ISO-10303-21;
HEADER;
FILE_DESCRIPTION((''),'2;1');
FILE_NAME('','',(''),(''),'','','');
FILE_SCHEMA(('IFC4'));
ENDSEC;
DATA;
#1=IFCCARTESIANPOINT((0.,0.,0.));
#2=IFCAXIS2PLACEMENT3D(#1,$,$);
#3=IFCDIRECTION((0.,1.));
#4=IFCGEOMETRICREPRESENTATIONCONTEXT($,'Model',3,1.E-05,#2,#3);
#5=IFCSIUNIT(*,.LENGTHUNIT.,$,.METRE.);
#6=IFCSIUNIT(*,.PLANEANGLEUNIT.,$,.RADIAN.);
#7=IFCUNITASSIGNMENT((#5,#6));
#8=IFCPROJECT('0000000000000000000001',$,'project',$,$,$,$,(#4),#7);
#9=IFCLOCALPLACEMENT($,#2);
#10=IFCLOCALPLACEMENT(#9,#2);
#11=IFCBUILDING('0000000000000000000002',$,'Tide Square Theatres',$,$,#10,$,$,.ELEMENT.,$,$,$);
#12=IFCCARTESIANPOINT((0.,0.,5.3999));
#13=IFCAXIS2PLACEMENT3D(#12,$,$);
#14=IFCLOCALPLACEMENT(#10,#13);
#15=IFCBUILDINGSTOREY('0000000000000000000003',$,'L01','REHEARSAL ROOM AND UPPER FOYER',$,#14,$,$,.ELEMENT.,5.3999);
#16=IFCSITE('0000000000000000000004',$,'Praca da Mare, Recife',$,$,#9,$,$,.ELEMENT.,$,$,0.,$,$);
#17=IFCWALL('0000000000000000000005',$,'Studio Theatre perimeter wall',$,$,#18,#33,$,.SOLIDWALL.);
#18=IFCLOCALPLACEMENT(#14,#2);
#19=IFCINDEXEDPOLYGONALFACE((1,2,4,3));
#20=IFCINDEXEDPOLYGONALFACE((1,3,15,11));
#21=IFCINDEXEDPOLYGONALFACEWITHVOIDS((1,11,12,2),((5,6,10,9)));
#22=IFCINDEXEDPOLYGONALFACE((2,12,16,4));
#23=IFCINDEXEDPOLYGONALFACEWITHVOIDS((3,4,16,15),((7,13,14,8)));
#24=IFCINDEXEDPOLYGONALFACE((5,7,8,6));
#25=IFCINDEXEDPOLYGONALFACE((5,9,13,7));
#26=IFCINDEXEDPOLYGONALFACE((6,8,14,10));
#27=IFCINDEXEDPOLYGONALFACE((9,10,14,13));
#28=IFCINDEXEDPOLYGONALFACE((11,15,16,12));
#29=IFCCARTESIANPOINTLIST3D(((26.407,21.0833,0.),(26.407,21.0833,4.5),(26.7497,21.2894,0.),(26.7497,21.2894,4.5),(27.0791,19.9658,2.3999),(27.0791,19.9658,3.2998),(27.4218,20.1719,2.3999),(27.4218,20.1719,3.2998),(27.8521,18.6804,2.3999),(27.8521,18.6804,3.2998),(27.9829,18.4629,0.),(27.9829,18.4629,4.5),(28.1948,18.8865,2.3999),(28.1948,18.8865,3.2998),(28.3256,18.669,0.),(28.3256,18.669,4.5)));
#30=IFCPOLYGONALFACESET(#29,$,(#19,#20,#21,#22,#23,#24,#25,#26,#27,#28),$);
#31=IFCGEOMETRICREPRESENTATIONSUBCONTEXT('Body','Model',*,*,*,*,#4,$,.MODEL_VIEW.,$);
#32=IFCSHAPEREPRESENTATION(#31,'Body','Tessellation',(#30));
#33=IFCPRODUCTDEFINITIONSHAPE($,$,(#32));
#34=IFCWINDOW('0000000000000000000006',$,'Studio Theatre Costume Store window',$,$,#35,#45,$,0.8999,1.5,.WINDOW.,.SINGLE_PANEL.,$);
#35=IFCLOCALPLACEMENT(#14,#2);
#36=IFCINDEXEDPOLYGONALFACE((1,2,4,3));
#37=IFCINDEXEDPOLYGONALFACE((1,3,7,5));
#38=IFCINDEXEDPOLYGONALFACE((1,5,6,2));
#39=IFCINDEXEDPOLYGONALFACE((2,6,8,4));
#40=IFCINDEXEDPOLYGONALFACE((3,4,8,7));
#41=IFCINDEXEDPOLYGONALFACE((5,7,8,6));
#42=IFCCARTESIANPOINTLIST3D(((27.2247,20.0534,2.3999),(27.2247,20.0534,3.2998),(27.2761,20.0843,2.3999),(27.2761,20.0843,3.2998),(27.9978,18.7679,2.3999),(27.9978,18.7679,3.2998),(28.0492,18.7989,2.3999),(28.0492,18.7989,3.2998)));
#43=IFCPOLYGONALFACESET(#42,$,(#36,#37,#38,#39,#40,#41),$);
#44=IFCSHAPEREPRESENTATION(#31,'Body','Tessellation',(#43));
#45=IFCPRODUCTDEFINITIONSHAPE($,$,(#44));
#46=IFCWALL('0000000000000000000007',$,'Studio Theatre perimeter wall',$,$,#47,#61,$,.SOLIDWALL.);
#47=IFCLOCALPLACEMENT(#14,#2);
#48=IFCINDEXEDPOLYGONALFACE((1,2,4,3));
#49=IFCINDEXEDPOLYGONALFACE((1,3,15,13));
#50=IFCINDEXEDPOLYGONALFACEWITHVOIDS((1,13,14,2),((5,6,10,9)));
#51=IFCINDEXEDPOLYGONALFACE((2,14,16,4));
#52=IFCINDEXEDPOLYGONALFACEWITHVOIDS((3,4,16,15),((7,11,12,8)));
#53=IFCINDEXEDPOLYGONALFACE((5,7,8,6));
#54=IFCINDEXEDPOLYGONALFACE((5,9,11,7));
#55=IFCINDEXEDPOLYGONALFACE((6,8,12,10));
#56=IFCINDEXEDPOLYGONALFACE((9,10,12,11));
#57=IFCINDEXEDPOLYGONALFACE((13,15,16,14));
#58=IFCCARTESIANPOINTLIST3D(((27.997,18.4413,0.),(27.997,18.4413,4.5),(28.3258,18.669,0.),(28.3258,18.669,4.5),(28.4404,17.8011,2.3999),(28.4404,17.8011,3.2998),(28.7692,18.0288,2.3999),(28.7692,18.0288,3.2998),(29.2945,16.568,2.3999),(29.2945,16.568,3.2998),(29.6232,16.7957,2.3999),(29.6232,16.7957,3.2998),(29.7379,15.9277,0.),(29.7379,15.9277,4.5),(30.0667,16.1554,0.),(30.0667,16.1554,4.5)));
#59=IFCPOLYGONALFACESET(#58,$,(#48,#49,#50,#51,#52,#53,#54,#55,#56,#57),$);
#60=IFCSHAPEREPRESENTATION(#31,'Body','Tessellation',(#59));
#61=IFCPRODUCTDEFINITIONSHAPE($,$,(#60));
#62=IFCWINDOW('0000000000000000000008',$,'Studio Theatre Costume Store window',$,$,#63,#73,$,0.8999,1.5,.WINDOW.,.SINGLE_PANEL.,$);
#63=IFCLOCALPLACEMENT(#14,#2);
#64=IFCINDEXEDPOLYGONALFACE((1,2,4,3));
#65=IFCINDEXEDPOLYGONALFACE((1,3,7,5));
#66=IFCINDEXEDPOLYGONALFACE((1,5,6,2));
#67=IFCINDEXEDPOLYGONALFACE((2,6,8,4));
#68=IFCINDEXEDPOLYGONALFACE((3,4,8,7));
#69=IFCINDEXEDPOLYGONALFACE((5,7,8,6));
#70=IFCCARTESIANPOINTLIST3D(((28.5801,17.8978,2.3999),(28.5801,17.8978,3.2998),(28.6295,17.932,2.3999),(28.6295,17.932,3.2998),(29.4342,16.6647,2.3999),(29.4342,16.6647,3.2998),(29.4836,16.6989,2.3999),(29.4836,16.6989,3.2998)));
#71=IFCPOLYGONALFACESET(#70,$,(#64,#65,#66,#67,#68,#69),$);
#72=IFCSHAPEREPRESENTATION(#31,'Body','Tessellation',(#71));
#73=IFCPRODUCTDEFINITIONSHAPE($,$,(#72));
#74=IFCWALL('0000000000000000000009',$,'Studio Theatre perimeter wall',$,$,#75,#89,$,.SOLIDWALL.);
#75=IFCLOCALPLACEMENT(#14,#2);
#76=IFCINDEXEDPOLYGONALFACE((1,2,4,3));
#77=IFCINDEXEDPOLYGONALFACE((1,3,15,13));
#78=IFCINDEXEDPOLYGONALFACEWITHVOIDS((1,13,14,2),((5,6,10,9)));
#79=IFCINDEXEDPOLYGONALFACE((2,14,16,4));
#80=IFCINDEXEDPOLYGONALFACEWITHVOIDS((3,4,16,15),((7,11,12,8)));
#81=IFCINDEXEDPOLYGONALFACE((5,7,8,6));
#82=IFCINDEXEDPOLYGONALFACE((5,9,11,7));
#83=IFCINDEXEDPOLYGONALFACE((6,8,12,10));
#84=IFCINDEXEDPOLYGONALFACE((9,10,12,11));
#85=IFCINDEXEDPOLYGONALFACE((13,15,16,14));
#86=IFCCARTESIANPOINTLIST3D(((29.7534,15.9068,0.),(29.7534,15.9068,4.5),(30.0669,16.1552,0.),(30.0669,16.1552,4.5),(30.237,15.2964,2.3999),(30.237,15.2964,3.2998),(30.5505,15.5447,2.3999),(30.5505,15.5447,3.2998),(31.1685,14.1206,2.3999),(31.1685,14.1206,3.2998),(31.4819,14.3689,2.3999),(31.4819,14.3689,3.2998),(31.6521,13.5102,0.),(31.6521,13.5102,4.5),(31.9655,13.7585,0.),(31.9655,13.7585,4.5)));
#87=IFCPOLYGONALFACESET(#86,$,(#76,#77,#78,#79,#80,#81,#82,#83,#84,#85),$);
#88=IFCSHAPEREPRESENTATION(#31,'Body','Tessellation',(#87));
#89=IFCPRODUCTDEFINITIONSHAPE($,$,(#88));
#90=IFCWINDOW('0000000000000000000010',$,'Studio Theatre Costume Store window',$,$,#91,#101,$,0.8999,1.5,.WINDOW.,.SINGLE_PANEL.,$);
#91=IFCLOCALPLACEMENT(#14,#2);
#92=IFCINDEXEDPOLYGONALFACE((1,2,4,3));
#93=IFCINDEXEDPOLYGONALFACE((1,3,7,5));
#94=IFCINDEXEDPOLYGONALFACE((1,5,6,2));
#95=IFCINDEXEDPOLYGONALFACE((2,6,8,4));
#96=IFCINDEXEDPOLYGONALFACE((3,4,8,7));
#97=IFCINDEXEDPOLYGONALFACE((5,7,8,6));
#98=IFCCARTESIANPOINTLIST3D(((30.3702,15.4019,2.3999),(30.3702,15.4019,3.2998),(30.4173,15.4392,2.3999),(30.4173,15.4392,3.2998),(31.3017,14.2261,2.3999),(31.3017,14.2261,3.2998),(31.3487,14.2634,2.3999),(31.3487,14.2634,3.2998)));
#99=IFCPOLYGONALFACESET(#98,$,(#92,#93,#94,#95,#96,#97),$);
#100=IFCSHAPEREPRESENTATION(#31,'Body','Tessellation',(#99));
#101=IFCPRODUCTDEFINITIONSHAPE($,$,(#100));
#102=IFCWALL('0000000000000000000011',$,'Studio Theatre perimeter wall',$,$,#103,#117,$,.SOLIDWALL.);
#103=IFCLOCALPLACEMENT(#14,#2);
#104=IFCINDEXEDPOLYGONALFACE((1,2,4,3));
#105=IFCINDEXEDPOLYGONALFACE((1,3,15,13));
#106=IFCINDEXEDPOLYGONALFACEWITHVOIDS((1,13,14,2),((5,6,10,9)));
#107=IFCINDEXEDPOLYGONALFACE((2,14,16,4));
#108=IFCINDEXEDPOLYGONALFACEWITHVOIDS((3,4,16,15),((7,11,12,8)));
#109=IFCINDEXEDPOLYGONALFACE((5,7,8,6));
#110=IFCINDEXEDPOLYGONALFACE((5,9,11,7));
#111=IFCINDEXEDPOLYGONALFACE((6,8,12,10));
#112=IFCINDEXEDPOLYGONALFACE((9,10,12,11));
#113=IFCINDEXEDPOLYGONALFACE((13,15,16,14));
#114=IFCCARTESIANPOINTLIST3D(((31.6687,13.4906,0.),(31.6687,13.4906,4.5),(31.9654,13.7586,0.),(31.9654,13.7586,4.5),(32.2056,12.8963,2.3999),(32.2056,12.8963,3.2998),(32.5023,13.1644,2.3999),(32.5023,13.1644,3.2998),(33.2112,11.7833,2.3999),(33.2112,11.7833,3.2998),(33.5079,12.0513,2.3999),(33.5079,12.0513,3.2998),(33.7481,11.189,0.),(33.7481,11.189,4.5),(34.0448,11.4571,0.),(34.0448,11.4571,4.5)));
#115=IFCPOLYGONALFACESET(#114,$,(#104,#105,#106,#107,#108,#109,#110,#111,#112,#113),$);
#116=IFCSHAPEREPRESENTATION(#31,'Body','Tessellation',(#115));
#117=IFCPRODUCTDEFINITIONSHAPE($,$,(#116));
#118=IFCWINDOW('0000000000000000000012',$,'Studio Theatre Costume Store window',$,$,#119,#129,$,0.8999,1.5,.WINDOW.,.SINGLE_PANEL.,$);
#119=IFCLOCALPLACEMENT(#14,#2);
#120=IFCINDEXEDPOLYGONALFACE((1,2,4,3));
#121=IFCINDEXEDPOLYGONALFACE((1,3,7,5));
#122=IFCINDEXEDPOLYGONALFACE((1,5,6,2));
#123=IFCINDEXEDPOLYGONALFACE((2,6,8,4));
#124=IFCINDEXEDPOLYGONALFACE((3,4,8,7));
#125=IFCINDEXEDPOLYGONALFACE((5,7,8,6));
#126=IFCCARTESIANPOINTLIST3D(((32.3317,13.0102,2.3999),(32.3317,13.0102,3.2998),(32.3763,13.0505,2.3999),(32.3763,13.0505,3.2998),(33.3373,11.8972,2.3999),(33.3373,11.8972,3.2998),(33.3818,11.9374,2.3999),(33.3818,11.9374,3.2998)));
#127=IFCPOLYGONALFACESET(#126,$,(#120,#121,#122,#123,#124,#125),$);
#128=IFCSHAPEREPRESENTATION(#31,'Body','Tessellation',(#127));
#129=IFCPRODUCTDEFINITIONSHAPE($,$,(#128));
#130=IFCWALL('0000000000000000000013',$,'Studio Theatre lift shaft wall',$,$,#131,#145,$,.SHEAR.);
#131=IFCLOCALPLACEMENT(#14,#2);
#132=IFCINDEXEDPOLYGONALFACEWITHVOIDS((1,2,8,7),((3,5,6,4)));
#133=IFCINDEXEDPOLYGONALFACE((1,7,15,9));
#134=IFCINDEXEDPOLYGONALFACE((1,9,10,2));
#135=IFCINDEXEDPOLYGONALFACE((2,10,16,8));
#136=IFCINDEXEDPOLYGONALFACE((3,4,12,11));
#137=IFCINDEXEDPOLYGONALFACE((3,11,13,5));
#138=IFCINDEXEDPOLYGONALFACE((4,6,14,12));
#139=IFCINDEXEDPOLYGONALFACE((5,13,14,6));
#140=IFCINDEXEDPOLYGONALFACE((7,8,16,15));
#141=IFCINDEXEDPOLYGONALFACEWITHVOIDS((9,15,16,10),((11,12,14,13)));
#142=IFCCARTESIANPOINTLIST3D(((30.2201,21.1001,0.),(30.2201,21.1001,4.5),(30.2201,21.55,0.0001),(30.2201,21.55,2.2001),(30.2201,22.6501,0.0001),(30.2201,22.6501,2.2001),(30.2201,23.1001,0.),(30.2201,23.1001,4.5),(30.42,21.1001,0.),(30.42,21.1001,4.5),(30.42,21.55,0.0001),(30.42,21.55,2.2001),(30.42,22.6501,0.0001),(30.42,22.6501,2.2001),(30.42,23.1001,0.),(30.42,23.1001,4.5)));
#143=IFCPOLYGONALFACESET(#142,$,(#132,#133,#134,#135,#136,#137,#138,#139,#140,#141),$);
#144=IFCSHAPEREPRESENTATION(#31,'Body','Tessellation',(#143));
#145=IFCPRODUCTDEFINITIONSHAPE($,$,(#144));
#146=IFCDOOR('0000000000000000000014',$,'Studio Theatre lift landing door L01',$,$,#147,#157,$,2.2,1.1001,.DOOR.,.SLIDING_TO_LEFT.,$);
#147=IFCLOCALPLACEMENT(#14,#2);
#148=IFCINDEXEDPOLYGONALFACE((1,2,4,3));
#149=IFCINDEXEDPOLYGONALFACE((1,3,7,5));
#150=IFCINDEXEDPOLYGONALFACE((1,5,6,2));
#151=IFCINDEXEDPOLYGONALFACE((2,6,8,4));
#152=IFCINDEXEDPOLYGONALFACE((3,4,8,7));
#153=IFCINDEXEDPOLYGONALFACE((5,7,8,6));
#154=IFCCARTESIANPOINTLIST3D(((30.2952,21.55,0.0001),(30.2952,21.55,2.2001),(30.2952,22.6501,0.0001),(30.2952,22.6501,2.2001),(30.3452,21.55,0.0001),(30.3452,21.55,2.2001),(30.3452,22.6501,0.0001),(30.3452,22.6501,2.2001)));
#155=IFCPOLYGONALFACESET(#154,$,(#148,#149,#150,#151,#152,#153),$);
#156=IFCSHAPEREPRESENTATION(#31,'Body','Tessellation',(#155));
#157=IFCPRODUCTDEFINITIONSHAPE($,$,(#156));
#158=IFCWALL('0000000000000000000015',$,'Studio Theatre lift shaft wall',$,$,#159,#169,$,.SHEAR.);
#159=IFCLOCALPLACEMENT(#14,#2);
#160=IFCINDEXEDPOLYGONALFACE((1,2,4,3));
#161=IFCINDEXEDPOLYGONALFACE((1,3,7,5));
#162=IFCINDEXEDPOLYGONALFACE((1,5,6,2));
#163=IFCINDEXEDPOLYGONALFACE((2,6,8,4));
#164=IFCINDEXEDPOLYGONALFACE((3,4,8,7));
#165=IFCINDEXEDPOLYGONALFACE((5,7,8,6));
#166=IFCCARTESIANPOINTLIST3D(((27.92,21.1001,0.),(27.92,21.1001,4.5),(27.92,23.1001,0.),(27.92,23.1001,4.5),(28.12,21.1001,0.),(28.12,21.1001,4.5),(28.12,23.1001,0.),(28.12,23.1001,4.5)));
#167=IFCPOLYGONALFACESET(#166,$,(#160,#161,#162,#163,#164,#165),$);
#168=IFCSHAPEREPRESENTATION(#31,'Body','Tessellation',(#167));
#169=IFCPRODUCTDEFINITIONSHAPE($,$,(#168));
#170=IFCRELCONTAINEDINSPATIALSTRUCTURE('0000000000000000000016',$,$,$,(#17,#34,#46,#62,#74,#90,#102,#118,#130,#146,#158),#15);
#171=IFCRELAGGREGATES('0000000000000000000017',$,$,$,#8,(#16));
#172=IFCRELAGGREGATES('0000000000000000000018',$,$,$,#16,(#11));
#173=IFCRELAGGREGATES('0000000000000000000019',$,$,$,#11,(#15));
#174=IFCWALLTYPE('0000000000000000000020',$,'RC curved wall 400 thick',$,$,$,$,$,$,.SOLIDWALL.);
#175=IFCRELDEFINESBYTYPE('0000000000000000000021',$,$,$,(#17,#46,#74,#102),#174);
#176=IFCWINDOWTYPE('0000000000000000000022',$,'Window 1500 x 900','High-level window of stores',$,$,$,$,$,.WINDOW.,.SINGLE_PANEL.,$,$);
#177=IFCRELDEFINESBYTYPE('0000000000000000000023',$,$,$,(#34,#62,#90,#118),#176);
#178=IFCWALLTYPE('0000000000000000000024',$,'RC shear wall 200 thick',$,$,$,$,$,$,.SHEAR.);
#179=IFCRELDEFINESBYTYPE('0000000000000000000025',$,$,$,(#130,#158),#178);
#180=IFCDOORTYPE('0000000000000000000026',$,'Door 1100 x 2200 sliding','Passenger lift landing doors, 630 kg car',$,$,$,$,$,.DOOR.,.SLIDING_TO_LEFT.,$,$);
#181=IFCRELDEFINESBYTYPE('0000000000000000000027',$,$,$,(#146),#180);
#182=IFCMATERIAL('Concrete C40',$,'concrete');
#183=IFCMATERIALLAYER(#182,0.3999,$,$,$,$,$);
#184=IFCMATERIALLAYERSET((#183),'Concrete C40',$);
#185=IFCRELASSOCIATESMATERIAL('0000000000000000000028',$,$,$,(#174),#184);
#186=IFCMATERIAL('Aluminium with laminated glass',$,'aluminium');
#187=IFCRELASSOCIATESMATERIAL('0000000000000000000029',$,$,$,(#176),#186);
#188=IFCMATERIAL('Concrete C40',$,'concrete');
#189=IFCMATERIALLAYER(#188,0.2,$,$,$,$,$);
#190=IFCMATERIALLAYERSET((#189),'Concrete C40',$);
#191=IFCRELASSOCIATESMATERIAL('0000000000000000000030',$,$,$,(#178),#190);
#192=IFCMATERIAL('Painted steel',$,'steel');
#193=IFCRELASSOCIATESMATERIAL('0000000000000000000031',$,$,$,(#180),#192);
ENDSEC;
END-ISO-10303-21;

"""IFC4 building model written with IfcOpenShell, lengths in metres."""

from ifc_helpers import new_model, si_unit, direction, frame, frame_2d, origin, place, context, subcontext, project, spatial, rectangle, extrude, material, layer, layer_set, type_object, element, fill, save


model = new_model("IFC4")

# Units and contexts
model_context = context("Model", 3, precision=1e-05, world=origin(), true_north=direction((0.0, 1.0)))
body_context = subcontext(model_context, "Body", "Model", "MODEL_VIEW")
ifc_project = project(units=[si_unit("LENGTHUNIT", "METRE"), si_unit("PLANEANGLEUNIT", "RADIAN")], contexts=[model_context])

# Site, building, storey
site_placement = place(None, origin())
site = spatial("IfcSite", under=ifc_project, at=site_placement, Name="Praca da Mare, Recife", CompositionType="ELEMENT", RefElevation=0.0)
building_placement = place(site_placement, origin())
building = spatial("IfcBuilding", under=site, at=building_placement, Name="Tide Square Theatres", CompositionType="ELEMENT")
storey_placement = place(building_placement, frame((0.0, 0.0, 5.3999)))
storey = spatial("IfcBuildingStorey", under=building, at=storey_placement, Name="L01", Description="REHEARSAL ROOM AND UPPER FOYER", CompositionType="ELEMENT", Elevation=5.3999)

# Shared definitions
ifc_material_1 = material(Name="Concrete C40", Category="concrete")
ifc_layer_1 = layer(ifc_material_1, 0.3999)
ifc_layer_set_1 = layer_set([ifc_layer_1], Name="Concrete C40")
wall_type_1 = type_object("IfcWallType", Name="RC curved wall 400 thick", PredefinedType="SOLIDWALL", material=ifc_layer_set_1)

# Walls, openings, windows
wall_1_placement = place(storey_placement, frame((26.5784, 21.1863, 0.0), z_axis=(0.0, 0.0, 1.0), x_axis=(0.515388, -0.856957, 0.0)))
wall_1 = element("IfcWall", 1, at=wall_1_placement, inside=storey, type_object=wall_type_1, Name="Studio Theatre perimeter wall", PredefinedType="SOLIDWALL", context=body_context, shape_type="SweptSolid", body=[
    extrude(rectangle(XDim=3.0579, YDim=0.3999, at=frame_2d((1.5288, 0.0))), origin(), (0.0, 0.0, 1.0), 4.5),
])
opening_1_placement = place(wall_1_placement, frame((1.304, 0.0, 2.3999)))
opening_1 = element("IfcOpeningElement", 2, at=opening_1_placement, cuts=wall_1, PredefinedType="OPENING", context=body_context, shape_type="SweptSolid", body=[
    extrude(rectangle(XDim=1.5, YDim=0.8999, at=frame_2d((0.75, 0.45))), frame((0.0, 0.21, 0.0), z_axis=(0.0, -1.0, 0.0), x_axis=(1.0, 0.0, 0.0)), (0.0, 0.0, 1.0), 0.4199),
])
ifc_material_2 = material(Name="Aluminium with laminated glass", Category="aluminium")
window_type = type_object("IfcWindowType", Name="Window 1500 x 900", Description="High-level window of stores", PartitioningType="SINGLE_PANEL", PredefinedType="WINDOW", material=ifc_material_2)
window_1_placement = place(opening_1_placement, origin())
window_1 = element("IfcWindow", 3, at=window_1_placement, inside=storey, type_object=window_type, Name="Studio Theatre Costume Store window", OverallHeight=0.8999, OverallWidth=1.5, PartitioningType="SINGLE_PANEL", PredefinedType="WINDOW", context=body_context, shape_type="SweptSolid", body=[
    extrude(rectangle(XDim=1.5, YDim=0.8999, at=frame_2d((0.75, 0.45))), frame((0.0, 0.03, 0.0), z_axis=(0.0, -1.0, 0.0), x_axis=(1.0, 0.0, 0.0)), (0.0, 0.0, 1.0), 0.0601),
])
fill(opening_1, window_1)
wall_2_placement = place(storey_placement, frame((28.1614, 18.5552, 0.0), z_axis=(0.0, 0.0, 1.0), x_axis=(0.569372, -0.82208, 0.0)))
wall_2 = element("IfcWall", 4, at=wall_2_placement, inside=storey, type_object=wall_type_1, Name="Studio Theatre perimeter wall", PredefinedType="SOLIDWALL", context=body_context, shape_type="SweptSolid", body=[
    extrude(rectangle(XDim=3.0576, YDim=0.3999, at=frame_2d((1.5288, 0.0))), origin(), (0.0, 0.0, 1.0), 4.5),
])
opening_2_placement = place(wall_2_placement, frame((0.7788, 0.0, 2.3999)))
opening_2 = element("IfcOpeningElement", 5, at=opening_2_placement, cuts=wall_2, PredefinedType="OPENING", context=body_context, shape_type="SweptSolid", body=[
    extrude(rectangle(XDim=1.5, YDim=0.8999, at=frame_2d((0.75, 0.45))), frame((0.0, 0.21, 0.0), z_axis=(0.0, -1.0, 0.0), x_axis=(1.0, 0.0, 0.0)), (0.0, 0.0, 1.0), 0.4199),
])
window_2_placement = place(opening_2_placement, origin())
window_2 = element("IfcWindow", 6, at=window_2_placement, inside=storey, type_object=window_type, Name="Studio Theatre Costume Store window", OverallHeight=0.8999, OverallWidth=1.5, PartitioningType="SINGLE_PANEL", PredefinedType="WINDOW", context=body_context, shape_type="SweptSolid", body=[
    extrude(rectangle(XDim=1.5, YDim=0.8999, at=frame_2d((0.75, 0.45))), frame((0.0, 0.03, 0.0), z_axis=(0.0, -1.0, 0.0), x_axis=(1.0, 0.0, 0.0)), (0.0, 0.0, 1.0), 0.0601),
])
fill(opening_2, window_2)
wall_3_placement = place(storey_placement, frame((29.9102, 16.031, 0.0), z_axis=(0.0, 0.0, 1.0), x_axis=(0.620959, -0.783843, 0.0)))
wall_3 = element("IfcWall", 7, at=wall_3_placement, inside=storey, type_object=wall_type_1, Name="Studio Theatre perimeter wall", PredefinedType="SOLIDWALL", context=body_context, shape_type="SweptSolid", body=[
    extrude(rectangle(XDim=3.0576, YDim=0.3999, at=frame_2d((1.5288, 0.0))), origin(), (0.0, 0.0, 1.0), 4.5),
])
opening_3_placement = place(wall_3_placement, frame((0.7788, 0.0, 2.3999)))
opening_3 = element("IfcOpeningElement", 8, at=opening_3_placement, cuts=wall_3, PredefinedType="OPENING", context=body_context, shape_type="SweptSolid", body=[
    extrude(rectangle(XDim=1.5, YDim=0.8999, at=frame_2d((0.75, 0.45))), frame((0.0, 0.21, 0.0), z_axis=(0.0, -1.0, 0.0), x_axis=(1.0, 0.0, 0.0)), (0.0, 0.0, 1.0), 0.4199),
])
window_3_placement = place(opening_3_placement, origin())
window_3 = element("IfcWindow", 9, at=window_3_placement, inside=storey, type_object=window_type, Name="Studio Theatre Costume Store window", OverallHeight=0.8999, OverallWidth=1.5, PartitioningType="SINGLE_PANEL", PredefinedType="WINDOW", context=body_context, shape_type="SweptSolid", body=[
    extrude(rectangle(XDim=1.5, YDim=0.8999, at=frame_2d((0.75, 0.45))), frame((0.0, 0.03, 0.0), z_axis=(0.0, -1.0, 0.0), x_axis=(1.0, 0.0, 0.0)), (0.0, 0.0, 1.0), 0.0601),
])
fill(opening_3, window_3)
wall_4_placement = place(storey_placement, frame((31.8171, 13.6245, 0.0), z_axis=(0.0, 0.0, 1.0), x_axis=(0.670386, -0.742013, 0.0)))
wall_4 = element("IfcWall", 10, at=wall_4_placement, inside=storey, type_object=wall_type_1, Name="Studio Theatre perimeter wall", PredefinedType="SOLIDWALL", context=body_context, shape_type="SweptSolid", body=[
    extrude(rectangle(XDim=3.1018, YDim=0.3999, at=frame_2d((1.5508, 0.0))), origin(), (0.0, 0.0, 1.0), 4.5),
])
opening_4_placement = place(wall_4_placement, frame((0.8008, 0.0, 2.3999)))
opening_4 = element("IfcOpeningElement", 11, at=opening_4_placement, cuts=wall_4, PredefinedType="OPENING", context=body_context, shape_type="SweptSolid", body=[
    extrude(rectangle(XDim=1.5, YDim=0.8999, at=frame_2d((0.75, 0.45))), frame((0.0, 0.21, 0.0), z_axis=(0.0, -1.0, 0.0), x_axis=(1.0, 0.0, 0.0)), (0.0, 0.0, 1.0), 0.4199),
])
window_4_placement = place(opening_4_placement, origin())
window_4 = element("IfcWindow", 12, at=window_4_placement, inside=storey, type_object=window_type, Name="Studio Theatre Costume Store window", OverallHeight=0.8999, OverallWidth=1.5, PartitioningType="SINGLE_PANEL", PredefinedType="WINDOW", context=body_context, shape_type="SweptSolid", body=[
    extrude(rectangle(XDim=1.5, YDim=0.8999, at=frame_2d((0.75, 0.45))), frame((0.0, 0.03, 0.0), z_axis=(0.0, -1.0, 0.0), x_axis=(1.0, 0.0, 0.0)), (0.0, 0.0, 1.0), 0.0601),
])
fill(opening_4, window_4)

# Wall, opening, door
ifc_material_3 = material(Name="Concrete C40", Category="concrete")
ifc_layer_2 = layer(ifc_material_3, 0.2)
ifc_layer_set_2 = layer_set([ifc_layer_2], Name="Concrete C40")
wall_type_2 = type_object("IfcWallType", Name="RC shear wall 200 thick", PredefinedType="SHEAR", material=ifc_layer_set_2)
wall_5_placement = place(storey_placement, frame((30.3201, 21.1001, 0.0), z_axis=(0.0, 0.0, 1.0), x_axis=(0.0, 1.0, 0.0)))
wall_5 = element("IfcWall", 13, at=wall_5_placement, inside=storey, type_object=wall_type_2, Name="Studio Theatre lift shaft wall", PredefinedType="SHEAR", context=body_context, shape_type="SweptSolid", body=[
    extrude(rectangle(XDim=2.0, YDim=0.2, at=frame_2d((1.0, 0.0))), origin(), (0.0, 0.0, 1.0), 4.5),
])
opening_5_placement = place(wall_5_placement, frame((0.45, 0.0, 0.0)))
opening_5 = element("IfcOpeningElement", 14, at=opening_5_placement, cuts=wall_5, PredefinedType="OPENING", context=body_context, shape_type="SweptSolid", body=[
    extrude(rectangle(XDim=1.1001, YDim=2.2, at=frame_2d((0.55, 1.1001))), frame((0.0, 0.1099, 0.0), z_axis=(0.0, -1.0, 0.0), x_axis=(1.0, 0.0, 0.0)), (0.0, 0.0, 1.0), 0.22),
])
ifc_material_4 = material(Name="Painted steel", Category="steel")
door_type_1 = type_object("IfcDoorType", Name="Door 1100 x 2200 sliding", Description="Passenger lift landing doors, 630 kg car", OperationType="SLIDING_TO_LEFT", PredefinedType="DOOR", material=ifc_material_4)
door_1_placement = place(opening_5_placement, origin())
door_1 = element("IfcDoor", 15, at=door_1_placement, inside=storey, type_object=door_type_1, Name="Studio Theatre lift landing door L01", OperationType="SLIDING_TO_LEFT", OverallHeight=2.2, OverallWidth=1.1001, PredefinedType="DOOR", context=body_context, shape_type="SweptSolid", body=[
    extrude(rectangle(XDim=1.1001, YDim=2.2, at=frame_2d((0.55, 1.1001))), frame((0.0, 0.0249, 0.0), z_axis=(0.0, -1.0, 0.0), x_axis=(1.0, 0.0, 0.0)), (0.0, 0.0, 1.0), 0.05),
])
fill(opening_5, door_1)

# Wall
wall_6_placement = place(storey_placement, frame((28.02, 23.1001, 0.0), z_axis=(0.0, 0.0, 1.0), x_axis=(0.0, -1.0, 0.0)))
element("IfcWall", 16, at=wall_6_placement, inside=storey, type_object=wall_type_2, Name="Studio Theatre lift shaft wall", PredefinedType="SHEAR", context=body_context, shape_type="SweptSolid", body=[
    extrude(rectangle(XDim=2.0, YDim=0.2, at=frame_2d((1.0, 0.0))), origin(), (0.0, 0.0, 1.0), 4.5),
])

save(model, "model.ifc")
